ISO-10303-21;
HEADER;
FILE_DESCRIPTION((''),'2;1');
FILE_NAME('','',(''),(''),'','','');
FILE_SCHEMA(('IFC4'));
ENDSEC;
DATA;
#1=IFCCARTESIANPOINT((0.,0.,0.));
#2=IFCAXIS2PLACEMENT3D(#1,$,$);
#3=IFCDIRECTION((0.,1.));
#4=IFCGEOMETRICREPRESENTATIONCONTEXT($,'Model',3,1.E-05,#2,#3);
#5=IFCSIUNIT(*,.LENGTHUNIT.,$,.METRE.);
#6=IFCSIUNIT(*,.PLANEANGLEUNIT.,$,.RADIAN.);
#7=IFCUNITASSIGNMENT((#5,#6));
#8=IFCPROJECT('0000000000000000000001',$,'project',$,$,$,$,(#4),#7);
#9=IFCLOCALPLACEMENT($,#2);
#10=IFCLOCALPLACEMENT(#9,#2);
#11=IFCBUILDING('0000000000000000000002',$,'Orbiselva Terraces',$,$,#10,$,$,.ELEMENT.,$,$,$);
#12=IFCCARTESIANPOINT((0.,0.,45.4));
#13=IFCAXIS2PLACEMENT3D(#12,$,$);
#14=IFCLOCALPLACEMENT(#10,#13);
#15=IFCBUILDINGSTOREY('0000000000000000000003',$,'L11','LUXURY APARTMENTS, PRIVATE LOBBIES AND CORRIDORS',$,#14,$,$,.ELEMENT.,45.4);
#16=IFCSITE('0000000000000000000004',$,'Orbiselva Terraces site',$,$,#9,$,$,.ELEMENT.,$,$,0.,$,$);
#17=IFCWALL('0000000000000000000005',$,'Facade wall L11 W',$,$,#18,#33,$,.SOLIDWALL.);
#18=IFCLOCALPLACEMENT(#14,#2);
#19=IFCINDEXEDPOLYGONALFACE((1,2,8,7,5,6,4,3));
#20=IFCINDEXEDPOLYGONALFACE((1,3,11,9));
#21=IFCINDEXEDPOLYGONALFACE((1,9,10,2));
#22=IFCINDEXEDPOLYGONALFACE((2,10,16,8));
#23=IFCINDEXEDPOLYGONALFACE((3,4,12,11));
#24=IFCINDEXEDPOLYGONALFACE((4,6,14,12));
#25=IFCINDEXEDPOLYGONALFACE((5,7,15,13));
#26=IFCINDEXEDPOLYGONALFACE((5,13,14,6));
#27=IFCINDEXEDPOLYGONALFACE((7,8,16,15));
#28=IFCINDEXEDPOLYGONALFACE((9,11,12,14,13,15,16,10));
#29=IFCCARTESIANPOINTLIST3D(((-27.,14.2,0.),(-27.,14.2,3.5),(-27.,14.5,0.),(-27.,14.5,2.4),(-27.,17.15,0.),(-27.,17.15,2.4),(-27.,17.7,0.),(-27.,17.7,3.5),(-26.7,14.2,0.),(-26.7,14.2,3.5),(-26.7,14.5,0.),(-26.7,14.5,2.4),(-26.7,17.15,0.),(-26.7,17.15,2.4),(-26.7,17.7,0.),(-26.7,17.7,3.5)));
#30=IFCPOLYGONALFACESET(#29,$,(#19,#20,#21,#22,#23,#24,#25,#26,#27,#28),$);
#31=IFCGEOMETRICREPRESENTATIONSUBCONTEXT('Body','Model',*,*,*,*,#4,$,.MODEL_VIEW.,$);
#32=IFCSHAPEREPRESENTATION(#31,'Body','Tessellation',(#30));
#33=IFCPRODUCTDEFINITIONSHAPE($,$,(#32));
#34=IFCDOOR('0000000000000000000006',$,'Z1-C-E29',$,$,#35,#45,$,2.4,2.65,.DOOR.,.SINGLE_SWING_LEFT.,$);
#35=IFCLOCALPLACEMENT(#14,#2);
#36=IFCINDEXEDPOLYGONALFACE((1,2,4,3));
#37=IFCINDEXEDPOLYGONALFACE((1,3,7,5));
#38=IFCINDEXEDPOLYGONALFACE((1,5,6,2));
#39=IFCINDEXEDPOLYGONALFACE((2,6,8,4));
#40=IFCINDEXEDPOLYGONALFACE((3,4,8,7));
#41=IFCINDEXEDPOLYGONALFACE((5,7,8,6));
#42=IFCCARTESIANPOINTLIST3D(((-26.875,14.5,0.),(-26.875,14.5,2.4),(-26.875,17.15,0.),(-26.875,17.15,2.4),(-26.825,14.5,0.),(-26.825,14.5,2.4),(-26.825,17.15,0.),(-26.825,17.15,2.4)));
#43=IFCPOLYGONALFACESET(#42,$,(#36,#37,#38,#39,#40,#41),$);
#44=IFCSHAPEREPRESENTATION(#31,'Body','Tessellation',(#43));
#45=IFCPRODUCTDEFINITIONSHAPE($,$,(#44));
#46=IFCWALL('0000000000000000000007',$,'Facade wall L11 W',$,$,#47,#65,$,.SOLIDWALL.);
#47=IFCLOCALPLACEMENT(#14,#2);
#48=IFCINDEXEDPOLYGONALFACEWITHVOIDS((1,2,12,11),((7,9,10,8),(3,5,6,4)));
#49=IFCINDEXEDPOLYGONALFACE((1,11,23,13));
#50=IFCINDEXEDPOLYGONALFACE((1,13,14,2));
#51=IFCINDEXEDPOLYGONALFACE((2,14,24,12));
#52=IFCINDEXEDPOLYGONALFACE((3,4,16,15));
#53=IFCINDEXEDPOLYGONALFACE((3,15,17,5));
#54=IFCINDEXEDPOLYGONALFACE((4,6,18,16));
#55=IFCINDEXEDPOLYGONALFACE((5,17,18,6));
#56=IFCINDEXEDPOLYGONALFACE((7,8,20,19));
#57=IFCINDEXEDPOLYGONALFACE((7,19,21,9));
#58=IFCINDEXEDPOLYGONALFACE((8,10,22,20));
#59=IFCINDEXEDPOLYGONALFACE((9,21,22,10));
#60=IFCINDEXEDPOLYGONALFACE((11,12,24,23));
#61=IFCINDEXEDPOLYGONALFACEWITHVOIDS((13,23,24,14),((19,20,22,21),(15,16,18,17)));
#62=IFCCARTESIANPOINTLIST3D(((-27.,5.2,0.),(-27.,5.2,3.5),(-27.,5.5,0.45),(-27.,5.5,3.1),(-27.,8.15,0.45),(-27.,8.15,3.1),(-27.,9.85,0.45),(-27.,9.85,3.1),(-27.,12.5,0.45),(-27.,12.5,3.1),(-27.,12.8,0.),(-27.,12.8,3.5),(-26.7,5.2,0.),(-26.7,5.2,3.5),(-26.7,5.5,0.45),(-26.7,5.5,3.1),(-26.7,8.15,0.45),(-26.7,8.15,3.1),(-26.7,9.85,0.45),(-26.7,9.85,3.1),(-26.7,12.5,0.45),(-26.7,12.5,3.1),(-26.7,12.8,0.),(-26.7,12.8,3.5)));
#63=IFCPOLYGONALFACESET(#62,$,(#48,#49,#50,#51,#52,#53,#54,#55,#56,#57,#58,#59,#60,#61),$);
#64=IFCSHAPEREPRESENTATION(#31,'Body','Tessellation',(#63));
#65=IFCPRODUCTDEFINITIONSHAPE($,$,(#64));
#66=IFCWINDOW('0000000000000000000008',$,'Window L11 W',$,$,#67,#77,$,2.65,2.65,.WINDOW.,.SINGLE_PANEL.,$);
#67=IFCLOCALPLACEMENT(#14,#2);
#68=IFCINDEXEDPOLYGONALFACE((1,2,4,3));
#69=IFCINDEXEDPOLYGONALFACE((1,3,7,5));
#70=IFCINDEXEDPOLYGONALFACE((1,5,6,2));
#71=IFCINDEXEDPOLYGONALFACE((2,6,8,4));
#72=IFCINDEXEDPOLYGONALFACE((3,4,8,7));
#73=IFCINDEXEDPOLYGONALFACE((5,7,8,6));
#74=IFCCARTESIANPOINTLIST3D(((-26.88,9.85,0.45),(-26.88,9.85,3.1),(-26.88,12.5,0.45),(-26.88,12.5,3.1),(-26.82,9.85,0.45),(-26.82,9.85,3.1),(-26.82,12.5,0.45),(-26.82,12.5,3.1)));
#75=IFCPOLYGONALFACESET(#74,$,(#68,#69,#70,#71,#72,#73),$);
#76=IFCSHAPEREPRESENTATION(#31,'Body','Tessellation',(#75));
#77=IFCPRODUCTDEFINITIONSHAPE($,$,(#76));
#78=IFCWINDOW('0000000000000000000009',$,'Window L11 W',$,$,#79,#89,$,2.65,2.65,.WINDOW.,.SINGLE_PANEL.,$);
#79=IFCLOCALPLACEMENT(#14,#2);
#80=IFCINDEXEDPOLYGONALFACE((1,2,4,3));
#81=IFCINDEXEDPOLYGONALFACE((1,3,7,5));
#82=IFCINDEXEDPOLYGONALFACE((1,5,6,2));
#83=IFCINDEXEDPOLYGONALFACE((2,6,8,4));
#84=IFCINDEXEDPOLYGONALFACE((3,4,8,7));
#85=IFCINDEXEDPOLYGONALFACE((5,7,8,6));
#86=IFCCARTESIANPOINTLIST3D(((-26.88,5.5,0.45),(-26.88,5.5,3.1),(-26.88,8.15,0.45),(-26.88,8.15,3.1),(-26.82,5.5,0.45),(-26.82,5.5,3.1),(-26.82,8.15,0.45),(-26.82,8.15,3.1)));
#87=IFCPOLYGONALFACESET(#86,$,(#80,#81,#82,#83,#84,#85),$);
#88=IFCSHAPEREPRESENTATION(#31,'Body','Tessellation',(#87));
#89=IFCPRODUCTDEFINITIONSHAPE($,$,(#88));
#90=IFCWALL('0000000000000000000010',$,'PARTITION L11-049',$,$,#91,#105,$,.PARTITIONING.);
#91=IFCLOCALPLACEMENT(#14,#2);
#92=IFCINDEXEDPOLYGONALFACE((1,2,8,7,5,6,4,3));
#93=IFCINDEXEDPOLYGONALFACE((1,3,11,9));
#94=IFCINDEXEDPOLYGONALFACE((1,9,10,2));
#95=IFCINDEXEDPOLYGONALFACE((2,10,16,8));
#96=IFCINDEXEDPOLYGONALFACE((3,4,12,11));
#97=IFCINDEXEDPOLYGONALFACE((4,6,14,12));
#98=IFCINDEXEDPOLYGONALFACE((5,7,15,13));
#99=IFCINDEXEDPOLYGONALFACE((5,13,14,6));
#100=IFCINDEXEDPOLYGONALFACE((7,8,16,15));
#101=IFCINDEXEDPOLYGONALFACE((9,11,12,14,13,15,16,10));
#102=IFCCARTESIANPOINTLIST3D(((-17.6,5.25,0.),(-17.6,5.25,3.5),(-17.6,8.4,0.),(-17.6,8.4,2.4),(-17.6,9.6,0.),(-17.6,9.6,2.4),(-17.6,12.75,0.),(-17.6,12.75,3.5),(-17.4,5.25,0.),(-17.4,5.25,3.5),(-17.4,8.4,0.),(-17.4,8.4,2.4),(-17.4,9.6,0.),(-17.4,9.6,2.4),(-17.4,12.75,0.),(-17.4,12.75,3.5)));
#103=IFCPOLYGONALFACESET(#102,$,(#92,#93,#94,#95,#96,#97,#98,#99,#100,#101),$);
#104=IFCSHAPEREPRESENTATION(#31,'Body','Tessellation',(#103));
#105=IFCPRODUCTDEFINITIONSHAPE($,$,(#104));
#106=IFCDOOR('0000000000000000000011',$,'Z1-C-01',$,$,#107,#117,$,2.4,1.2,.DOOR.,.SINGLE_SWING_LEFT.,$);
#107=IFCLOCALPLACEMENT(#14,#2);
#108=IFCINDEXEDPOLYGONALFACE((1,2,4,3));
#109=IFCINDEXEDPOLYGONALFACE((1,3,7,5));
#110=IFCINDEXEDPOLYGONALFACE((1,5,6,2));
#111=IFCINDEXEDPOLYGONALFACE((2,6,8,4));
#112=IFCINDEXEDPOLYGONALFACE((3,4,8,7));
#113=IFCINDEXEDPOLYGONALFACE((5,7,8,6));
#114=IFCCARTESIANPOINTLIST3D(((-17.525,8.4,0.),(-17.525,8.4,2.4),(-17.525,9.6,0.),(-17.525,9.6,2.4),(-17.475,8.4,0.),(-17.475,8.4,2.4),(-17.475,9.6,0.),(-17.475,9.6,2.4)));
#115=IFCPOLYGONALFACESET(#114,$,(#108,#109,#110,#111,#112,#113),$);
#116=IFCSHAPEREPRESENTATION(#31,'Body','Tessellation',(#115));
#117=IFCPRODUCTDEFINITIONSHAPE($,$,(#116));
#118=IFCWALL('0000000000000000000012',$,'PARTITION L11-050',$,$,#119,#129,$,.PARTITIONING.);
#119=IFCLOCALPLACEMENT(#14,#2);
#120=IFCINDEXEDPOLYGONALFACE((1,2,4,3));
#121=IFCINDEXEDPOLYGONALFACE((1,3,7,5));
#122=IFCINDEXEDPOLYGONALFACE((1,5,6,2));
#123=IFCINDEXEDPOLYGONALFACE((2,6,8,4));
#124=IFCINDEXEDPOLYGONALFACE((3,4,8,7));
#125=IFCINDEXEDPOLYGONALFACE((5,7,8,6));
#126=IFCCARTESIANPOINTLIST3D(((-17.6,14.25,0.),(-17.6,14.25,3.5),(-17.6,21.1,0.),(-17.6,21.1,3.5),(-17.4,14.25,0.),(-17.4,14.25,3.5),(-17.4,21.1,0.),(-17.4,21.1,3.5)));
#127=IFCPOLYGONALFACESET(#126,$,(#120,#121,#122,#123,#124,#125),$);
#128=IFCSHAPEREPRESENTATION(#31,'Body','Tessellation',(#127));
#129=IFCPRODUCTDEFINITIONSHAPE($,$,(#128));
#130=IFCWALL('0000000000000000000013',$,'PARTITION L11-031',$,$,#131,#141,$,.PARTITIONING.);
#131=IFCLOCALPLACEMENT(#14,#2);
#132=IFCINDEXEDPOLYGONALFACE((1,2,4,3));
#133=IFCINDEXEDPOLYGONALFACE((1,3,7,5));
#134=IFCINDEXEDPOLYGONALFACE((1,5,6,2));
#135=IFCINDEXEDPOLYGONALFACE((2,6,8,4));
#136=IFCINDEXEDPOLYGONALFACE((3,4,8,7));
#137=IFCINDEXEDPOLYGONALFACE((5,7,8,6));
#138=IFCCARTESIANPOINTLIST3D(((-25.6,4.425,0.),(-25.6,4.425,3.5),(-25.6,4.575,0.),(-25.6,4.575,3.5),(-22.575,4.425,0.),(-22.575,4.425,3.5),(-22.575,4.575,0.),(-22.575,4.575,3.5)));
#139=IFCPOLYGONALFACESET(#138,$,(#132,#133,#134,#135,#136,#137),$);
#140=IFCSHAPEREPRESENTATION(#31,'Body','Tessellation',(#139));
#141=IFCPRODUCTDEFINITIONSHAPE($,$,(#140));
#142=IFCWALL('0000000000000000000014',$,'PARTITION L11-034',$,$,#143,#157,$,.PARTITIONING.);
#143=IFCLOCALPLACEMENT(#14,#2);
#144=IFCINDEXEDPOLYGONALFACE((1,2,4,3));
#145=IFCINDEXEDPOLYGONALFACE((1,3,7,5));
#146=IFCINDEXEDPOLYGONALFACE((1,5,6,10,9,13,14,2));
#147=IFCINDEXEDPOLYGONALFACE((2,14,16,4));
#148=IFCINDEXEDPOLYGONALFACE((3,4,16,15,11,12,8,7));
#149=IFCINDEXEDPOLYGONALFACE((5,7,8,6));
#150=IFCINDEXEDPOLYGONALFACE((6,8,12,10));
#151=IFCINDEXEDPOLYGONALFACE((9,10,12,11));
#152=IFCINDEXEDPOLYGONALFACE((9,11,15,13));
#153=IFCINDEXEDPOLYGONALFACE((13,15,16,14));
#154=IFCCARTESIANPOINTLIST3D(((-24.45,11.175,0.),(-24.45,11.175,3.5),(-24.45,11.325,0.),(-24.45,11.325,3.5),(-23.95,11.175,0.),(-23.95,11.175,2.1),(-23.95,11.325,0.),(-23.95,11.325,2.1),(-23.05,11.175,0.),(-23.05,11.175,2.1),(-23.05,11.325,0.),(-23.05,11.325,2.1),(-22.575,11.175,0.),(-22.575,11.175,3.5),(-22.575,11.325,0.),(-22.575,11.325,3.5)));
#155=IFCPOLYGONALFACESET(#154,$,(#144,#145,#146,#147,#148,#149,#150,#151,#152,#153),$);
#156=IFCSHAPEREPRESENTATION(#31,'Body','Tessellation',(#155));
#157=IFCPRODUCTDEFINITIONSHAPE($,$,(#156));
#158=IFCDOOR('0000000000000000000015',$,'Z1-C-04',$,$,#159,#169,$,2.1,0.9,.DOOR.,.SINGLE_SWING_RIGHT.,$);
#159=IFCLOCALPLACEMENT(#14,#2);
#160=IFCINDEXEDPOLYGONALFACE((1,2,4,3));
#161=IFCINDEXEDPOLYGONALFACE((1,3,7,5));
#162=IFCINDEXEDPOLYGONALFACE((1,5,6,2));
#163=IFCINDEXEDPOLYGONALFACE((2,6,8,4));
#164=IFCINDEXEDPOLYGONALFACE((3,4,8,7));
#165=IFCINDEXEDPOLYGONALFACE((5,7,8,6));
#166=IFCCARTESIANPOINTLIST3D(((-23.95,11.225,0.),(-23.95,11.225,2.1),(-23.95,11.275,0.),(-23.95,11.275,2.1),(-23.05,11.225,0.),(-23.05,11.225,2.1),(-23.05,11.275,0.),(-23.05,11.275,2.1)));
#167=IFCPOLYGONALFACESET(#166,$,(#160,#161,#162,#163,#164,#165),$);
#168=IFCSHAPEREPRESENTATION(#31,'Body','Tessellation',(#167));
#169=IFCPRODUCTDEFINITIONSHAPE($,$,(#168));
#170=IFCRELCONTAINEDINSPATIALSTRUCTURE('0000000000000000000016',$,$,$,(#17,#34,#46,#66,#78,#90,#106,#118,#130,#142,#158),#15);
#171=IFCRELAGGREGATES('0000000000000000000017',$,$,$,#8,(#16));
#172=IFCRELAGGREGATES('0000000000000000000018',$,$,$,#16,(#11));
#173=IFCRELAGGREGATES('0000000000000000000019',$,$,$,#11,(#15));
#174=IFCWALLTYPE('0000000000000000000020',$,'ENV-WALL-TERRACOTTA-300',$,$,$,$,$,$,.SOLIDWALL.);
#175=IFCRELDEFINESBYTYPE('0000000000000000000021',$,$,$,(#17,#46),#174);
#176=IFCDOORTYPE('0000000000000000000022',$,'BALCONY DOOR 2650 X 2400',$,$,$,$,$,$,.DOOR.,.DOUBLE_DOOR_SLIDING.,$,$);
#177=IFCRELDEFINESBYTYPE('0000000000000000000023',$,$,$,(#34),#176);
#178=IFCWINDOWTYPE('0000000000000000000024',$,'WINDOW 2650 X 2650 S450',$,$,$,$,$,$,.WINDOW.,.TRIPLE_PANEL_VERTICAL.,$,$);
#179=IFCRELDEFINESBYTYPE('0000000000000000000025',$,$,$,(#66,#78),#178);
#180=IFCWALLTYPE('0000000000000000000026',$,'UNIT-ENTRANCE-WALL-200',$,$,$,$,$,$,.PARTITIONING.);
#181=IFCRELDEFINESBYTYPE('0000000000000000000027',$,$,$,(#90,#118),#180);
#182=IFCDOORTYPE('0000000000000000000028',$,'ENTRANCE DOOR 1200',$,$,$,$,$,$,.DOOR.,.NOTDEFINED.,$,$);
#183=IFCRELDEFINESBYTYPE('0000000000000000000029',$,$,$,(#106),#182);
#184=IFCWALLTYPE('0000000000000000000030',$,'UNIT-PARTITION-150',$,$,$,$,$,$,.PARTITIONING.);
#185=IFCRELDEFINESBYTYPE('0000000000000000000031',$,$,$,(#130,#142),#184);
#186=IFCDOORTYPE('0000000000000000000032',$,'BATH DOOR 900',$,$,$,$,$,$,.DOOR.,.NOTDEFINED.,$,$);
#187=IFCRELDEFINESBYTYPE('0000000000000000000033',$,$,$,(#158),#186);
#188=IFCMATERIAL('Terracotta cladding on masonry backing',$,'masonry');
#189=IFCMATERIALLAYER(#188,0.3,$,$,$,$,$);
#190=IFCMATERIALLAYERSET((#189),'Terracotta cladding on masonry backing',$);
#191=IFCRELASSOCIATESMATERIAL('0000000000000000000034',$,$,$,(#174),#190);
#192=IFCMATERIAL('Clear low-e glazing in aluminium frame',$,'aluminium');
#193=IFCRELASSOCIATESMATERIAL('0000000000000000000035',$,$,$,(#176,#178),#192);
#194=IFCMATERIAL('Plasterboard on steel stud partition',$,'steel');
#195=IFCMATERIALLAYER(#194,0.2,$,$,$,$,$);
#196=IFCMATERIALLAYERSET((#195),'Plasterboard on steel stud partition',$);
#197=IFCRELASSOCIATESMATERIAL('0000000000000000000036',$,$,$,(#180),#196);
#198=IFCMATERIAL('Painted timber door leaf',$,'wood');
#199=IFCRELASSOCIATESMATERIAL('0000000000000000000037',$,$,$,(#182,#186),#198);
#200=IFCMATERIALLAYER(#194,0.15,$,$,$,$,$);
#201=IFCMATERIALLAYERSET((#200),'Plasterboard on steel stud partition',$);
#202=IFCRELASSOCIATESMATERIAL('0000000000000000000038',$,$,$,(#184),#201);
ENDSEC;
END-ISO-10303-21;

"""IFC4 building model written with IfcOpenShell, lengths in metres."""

from ifc_helpers import new_model, si_unit, direction, frame, frame_2d, origin, place, context, subcontext, project, spatial, rectangle, extrude, material, layer, layer_set, type_object, element, fill, save


model = new_model("IFC4")

# Units and contexts
model_context = context("Model", 3, precision=1e-05, world=origin(), true_north=direction((0.0, 1.0)))
body_context = subcontext(model_context, "Body", "Model", "MODEL_VIEW")
ifc_project = project(units=[si_unit("LENGTHUNIT", "METRE"), si_unit("PLANEANGLEUNIT", "RADIAN")], contexts=[model_context])

# Site, building, storey
site_placement = place(None, origin())
site = spatial("IfcSite", under=ifc_project, at=site_placement, Name="Orbiselva Terraces site", CompositionType="ELEMENT", RefElevation=0.0)
building_placement = place(site_placement, origin())
building = spatial("IfcBuilding", under=site, at=building_placement, Name="Orbiselva Terraces", CompositionType="ELEMENT")
storey_placement = place(building_placement, frame((0.0, 0.0, 45.4)))
storey = spatial("IfcBuildingStorey", under=building, at=storey_placement, Name="L11", Description="LUXURY APARTMENTS, PRIVATE LOBBIES AND CORRIDORS", CompositionType="ELEMENT", Elevation=45.4)

# Wall, opening, door
ifc_material_1 = material(Name="Terracotta cladding on masonry backing", Category="masonry")
ifc_layer_1 = layer(ifc_material_1, 0.3)
ifc_layer_set_1 = layer_set([ifc_layer_1], Name="Terracotta cladding on masonry backing")
wall_type_1 = type_object("IfcWallType", Name="ENV-WALL-TERRACOTTA-300", PredefinedType="SOLIDWALL", material=ifc_layer_set_1)
wall_1_placement = place(storey_placement, frame((-26.85, 14.2, 0.0), z_axis=(0.0, 0.0, 1.0), x_axis=(0.0, 1.0, 0.0)))
wall_1 = element("IfcWall", 1, at=wall_1_placement, inside=storey, type_object=wall_type_1, Name="Facade wall L11 W", PredefinedType="SOLIDWALL", context=body_context, shape_type="SweptSolid", body=[
    extrude(rectangle(XDim=3.5, YDim=0.3, at=frame_2d((1.75, 0.0))), origin(), (0.0, 0.0, 1.0), 3.5),
])
opening_1_placement = place(wall_1_placement, frame((0.3, 0.0, 0.0)))
opening_1 = element("IfcOpeningElement", 2, at=opening_1_placement, cuts=wall_1, PredefinedType="OPENING", context=body_context, shape_type="SweptSolid", body=[
    extrude(rectangle(XDim=2.65, YDim=2.4, at=frame_2d((1.325, 1.2))), frame((0.0, 0.16, 0.0), z_axis=(0.0, -1.0, 0.0), x_axis=(1.0, 0.0, 0.0)), (0.0, 0.0, 1.0), 0.32),
])
ifc_material_2 = material(Name="Clear low-e glazing in aluminium frame", Category="aluminium")
door_type_1 = type_object("IfcDoorType", Name="BALCONY DOOR 2650 X 2400", OperationType="DOUBLE_DOOR_SLIDING", PredefinedType="DOOR", material=ifc_material_2)
door_1_placement = place(opening_1_placement, origin())
door_1 = element("IfcDoor", 3, at=door_1_placement, inside=storey, type_object=door_type_1, Name="Z1-C-E29", OperationType="SINGLE_SWING_LEFT", OverallHeight=2.4, OverallWidth=2.65, PredefinedType="DOOR", context=body_context, shape_type="SweptSolid", body=[
    extrude(rectangle(XDim=2.65, YDim=2.4, at=frame_2d((1.325, 1.2))), frame((0.0, 0.025, 0.0), z_axis=(0.0, -1.0, 0.0), x_axis=(1.0, 0.0, 0.0)), (0.0, 0.0, 1.0), 0.05),
])
fill(opening_1, door_1)

# Wall, openings, windows
wall_2_placement = place(storey_placement, frame((-26.85, 5.2, 0.0), z_axis=(0.0, 0.0, 1.0), x_axis=(0.0, 1.0, 0.0)))
wall_2 = element("IfcWall", 4, at=wall_2_placement, inside=storey, type_object=wall_type_1, Name="Facade wall L11 W", PredefinedType="SOLIDWALL", context=body_context, shape_type="SweptSolid", body=[
    extrude(rectangle(XDim=7.6, YDim=0.3, at=frame_2d((3.8, 0.0))), origin(), (0.0, 0.0, 1.0), 3.5),
])
opening_2_placement = place(wall_2_placement, frame((4.65, 0.0, 0.45)))
opening_2 = element("IfcOpeningElement", 5, at=opening_2_placement, cuts=wall_2, PredefinedType="OPENING", context=body_context, shape_type="SweptSolid", body=[
    extrude(rectangle(XDim=2.65, YDim=2.65, at=frame_2d((1.325, 1.325))), frame((0.0, 0.16, 0.0), z_axis=(0.0, -1.0, 0.0), x_axis=(1.0, 0.0, 0.0)), (0.0, 0.0, 1.0), 0.32),
])
opening_3_placement = place(wall_2_placement, frame((0.3, 0.0, 0.45)))
opening_3 = element("IfcOpeningElement", 6, at=opening_3_placement, cuts=wall_2, PredefinedType="OPENING", context=body_context, shape_type="SweptSolid", body=[
    extrude(rectangle(XDim=2.65, YDim=2.65, at=frame_2d((1.325, 1.325))), frame((0.0, 0.16, 0.0), z_axis=(0.0, -1.0, 0.0), x_axis=(1.0, 0.0, 0.0)), (0.0, 0.0, 1.0), 0.32),
])
window_type = type_object("IfcWindowType", Name="WINDOW 2650 X 2650 S450", PartitioningType="TRIPLE_PANEL_VERTICAL", PredefinedType="WINDOW", material=ifc_material_2)
window_1_placement = place(opening_2_placement, origin())
window_1 = element("IfcWindow", 7, at=window_1_placement, inside=storey, type_object=window_type, Name="Window L11 W", OverallHeight=2.65, OverallWidth=2.65, PartitioningType="SINGLE_PANEL", PredefinedType="WINDOW", context=body_context, shape_type="SweptSolid", body=[
    extrude(rectangle(XDim=2.65, YDim=2.65, at=frame_2d((1.325, 1.325))), frame((0.0, 0.03, 0.0), z_axis=(0.0, -1.0, 0.0), x_axis=(1.0, 0.0, 0.0)), (0.0, 0.0, 1.0), 0.06),
])
fill(opening_2, window_1)
window_2_placement = place(opening_3_placement, origin())
window_2 = element("IfcWindow", 8, at=window_2_placement, inside=storey, type_object=window_type, Name="Window L11 W", OverallHeight=2.65, OverallWidth=2.65, PartitioningType="SINGLE_PANEL", PredefinedType="WINDOW", context=body_context, shape_type="SweptSolid", body=[
    extrude(rectangle(XDim=2.65, YDim=2.65, at=frame_2d((1.325, 1.325))), frame((0.0, 0.03, 0.0), z_axis=(0.0, -1.0, 0.0), x_axis=(1.0, 0.0, 0.0)), (0.0, 0.0, 1.0), 0.06),
])
fill(opening_3, window_2)

# Wall, opening, door
ifc_material_3 = material(Name="Plasterboard on steel stud partition", Category="steel")
ifc_layer_2 = layer(ifc_material_3, 0.2)
ifc_layer_set_2 = layer_set([ifc_layer_2], Name="Plasterboard on steel stud partition")
wall_type_2 = type_object("IfcWallType", Name="UNIT-ENTRANCE-WALL-200", PredefinedType="PARTITIONING", material=ifc_layer_set_2)
wall_3_placement = place(storey_placement, frame((-17.5, 5.25, 0.0), z_axis=(0.0, 0.0, 1.0), x_axis=(0.0, 1.0, 0.0)))
wall_3 = element("IfcWall", 9, at=wall_3_placement, inside=storey, type_object=wall_type_2, Name="PARTITION L11-049", PredefinedType="PARTITIONING", context=body_context, shape_type="SweptSolid", body=[
    extrude(rectangle(XDim=7.5, YDim=0.2, at=frame_2d((3.75, 0.0))), origin(), (0.0, 0.0, 1.0), 3.5),
])
opening_4_placement = place(wall_3_placement, frame((3.15, 0.0, 0.0)))
opening_4 = element("IfcOpeningElement", 10, at=opening_4_placement, cuts=wall_3, PredefinedType="OPENING", context=body_context, shape_type="SweptSolid", body=[
    extrude(rectangle(XDim=1.2, YDim=2.4, at=frame_2d((0.6, 1.2))), frame((0.0, 0.11, 0.0), z_axis=(0.0, -1.0, 0.0), x_axis=(1.0, 0.0, 0.0)), (0.0, 0.0, 1.0), 0.22),
])
ifc_material_4 = material(Name="Painted timber door leaf", Category="wood")
door_type_2 = type_object("IfcDoorType", Name="ENTRANCE DOOR 1200", OperationType="NOTDEFINED", PredefinedType="DOOR", material=ifc_material_4)
door_2_placement = place(opening_4_placement, origin())
door_2 = element("IfcDoor", 11, at=door_2_placement, inside=storey, type_object=door_type_2, Name="Z1-C-01", OperationType="SINGLE_SWING_LEFT", OverallHeight=2.4, OverallWidth=1.2, PredefinedType="DOOR", context=body_context, shape_type="SweptSolid", body=[
    extrude(rectangle(XDim=1.2, YDim=2.4, at=frame_2d((0.6, 1.2))), frame((0.0, 0.025, 0.0), z_axis=(0.0, -1.0, 0.0), x_axis=(1.0, 0.0, 0.0)), (0.0, 0.0, 1.0), 0.05),
])
fill(opening_4, door_2)

# Walls
wall_4_placement = place(storey_placement, frame((-17.5, 14.25, 0.0), z_axis=(0.0, 0.0, 1.0), x_axis=(0.0, 1.0, 0.0)))
element("IfcWall", 12, at=wall_4_placement, inside=storey, type_object=wall_type_2, Name="PARTITION L11-050", PredefinedType="PARTITIONING", context=body_context, shape_type="SweptSolid", body=[
    extrude(rectangle(XDim=6.85, YDim=0.2, at=frame_2d((3.425, 0.0))), origin(), (0.0, 0.0, 1.0), 3.5),
])
ifc_layer_3 = layer(ifc_material_3, 0.15)
ifc_layer_set_3 = layer_set([ifc_layer_3], Name="Plasterboard on steel stud partition")
wall_type_3 = type_object("IfcWallType", Name="UNIT-PARTITION-150", PredefinedType="PARTITIONING", material=ifc_layer_set_3)
wall_5_placement = place(storey_placement, frame((-25.6, 4.5, 0.0), z_axis=(0.0, 0.0, 1.0), x_axis=(1.0, 0.0, 0.0)))
element("IfcWall", 13, at=wall_5_placement, inside=storey, type_object=wall_type_3, Name="PARTITION L11-031", PredefinedType="PARTITIONING", context=body_context, shape_type="SweptSolid", body=[
    extrude(rectangle(XDim=3.025, YDim=0.15, at=frame_2d((1.5125, 0.0))), origin(), (0.0, 0.0, 1.0), 3.5),
])

# Wall, opening, door
wall_6_placement = place(storey_placement, frame((-24.45, 11.25, 0.0), z_axis=(0.0, 0.0, 1.0), x_axis=(1.0, 0.0, 0.0)))
wall_6 = element("IfcWall", 14, at=wall_6_placement, inside=storey, type_object=wall_type_3, Name="PARTITION L11-034", PredefinedType="PARTITIONING", context=body_context, shape_type="SweptSolid", body=[
    extrude(rectangle(XDim=1.875, YDim=0.15, at=frame_2d((0.9375, 0.0))), origin(), (0.0, 0.0, 1.0), 3.5),
])
opening_5_placement = place(wall_6_placement, frame((0.5, 0.0, 0.0)))
opening_5 = element("IfcOpeningElement", 15, at=opening_5_placement, cuts=wall_6, PredefinedType="OPENING", context=body_context, shape_type="SweptSolid", body=[
    extrude(rectangle(XDim=0.9, YDim=2.1, at=frame_2d((0.45, 1.05))), frame((0.0, 0.085, 0.0), z_axis=(0.0, -1.0, 0.0), x_axis=(1.0, 0.0, 0.0)), (0.0, 0.0, 1.0), 0.17),
])
door_type_3 = type_object("IfcDoorType", Name="BATH DOOR 900", OperationType="NOTDEFINED", PredefinedType="DOOR", material=ifc_material_4)
door_3_placement = place(opening_5_placement, origin())
door_3 = element("IfcDoor", 16, at=door_3_placement, inside=storey, type_object=door_type_3, Name="Z1-C-04", OperationType="SINGLE_SWING_RIGHT", OverallHeight=2.1, OverallWidth=0.9, PredefinedType="DOOR", context=body_context, shape_type="SweptSolid", body=[
    extrude(rectangle(XDim=0.9, YDim=2.1, at=frame_2d((0.45, 1.05))), frame((0.0, 0.025, 0.0), z_axis=(0.0, -1.0, 0.0), x_axis=(1.0, 0.0, 0.0)), (0.0, 0.0, 1.0), 0.05),
])
fill(opening_5, door_3)

save(model, "model.ifc")
